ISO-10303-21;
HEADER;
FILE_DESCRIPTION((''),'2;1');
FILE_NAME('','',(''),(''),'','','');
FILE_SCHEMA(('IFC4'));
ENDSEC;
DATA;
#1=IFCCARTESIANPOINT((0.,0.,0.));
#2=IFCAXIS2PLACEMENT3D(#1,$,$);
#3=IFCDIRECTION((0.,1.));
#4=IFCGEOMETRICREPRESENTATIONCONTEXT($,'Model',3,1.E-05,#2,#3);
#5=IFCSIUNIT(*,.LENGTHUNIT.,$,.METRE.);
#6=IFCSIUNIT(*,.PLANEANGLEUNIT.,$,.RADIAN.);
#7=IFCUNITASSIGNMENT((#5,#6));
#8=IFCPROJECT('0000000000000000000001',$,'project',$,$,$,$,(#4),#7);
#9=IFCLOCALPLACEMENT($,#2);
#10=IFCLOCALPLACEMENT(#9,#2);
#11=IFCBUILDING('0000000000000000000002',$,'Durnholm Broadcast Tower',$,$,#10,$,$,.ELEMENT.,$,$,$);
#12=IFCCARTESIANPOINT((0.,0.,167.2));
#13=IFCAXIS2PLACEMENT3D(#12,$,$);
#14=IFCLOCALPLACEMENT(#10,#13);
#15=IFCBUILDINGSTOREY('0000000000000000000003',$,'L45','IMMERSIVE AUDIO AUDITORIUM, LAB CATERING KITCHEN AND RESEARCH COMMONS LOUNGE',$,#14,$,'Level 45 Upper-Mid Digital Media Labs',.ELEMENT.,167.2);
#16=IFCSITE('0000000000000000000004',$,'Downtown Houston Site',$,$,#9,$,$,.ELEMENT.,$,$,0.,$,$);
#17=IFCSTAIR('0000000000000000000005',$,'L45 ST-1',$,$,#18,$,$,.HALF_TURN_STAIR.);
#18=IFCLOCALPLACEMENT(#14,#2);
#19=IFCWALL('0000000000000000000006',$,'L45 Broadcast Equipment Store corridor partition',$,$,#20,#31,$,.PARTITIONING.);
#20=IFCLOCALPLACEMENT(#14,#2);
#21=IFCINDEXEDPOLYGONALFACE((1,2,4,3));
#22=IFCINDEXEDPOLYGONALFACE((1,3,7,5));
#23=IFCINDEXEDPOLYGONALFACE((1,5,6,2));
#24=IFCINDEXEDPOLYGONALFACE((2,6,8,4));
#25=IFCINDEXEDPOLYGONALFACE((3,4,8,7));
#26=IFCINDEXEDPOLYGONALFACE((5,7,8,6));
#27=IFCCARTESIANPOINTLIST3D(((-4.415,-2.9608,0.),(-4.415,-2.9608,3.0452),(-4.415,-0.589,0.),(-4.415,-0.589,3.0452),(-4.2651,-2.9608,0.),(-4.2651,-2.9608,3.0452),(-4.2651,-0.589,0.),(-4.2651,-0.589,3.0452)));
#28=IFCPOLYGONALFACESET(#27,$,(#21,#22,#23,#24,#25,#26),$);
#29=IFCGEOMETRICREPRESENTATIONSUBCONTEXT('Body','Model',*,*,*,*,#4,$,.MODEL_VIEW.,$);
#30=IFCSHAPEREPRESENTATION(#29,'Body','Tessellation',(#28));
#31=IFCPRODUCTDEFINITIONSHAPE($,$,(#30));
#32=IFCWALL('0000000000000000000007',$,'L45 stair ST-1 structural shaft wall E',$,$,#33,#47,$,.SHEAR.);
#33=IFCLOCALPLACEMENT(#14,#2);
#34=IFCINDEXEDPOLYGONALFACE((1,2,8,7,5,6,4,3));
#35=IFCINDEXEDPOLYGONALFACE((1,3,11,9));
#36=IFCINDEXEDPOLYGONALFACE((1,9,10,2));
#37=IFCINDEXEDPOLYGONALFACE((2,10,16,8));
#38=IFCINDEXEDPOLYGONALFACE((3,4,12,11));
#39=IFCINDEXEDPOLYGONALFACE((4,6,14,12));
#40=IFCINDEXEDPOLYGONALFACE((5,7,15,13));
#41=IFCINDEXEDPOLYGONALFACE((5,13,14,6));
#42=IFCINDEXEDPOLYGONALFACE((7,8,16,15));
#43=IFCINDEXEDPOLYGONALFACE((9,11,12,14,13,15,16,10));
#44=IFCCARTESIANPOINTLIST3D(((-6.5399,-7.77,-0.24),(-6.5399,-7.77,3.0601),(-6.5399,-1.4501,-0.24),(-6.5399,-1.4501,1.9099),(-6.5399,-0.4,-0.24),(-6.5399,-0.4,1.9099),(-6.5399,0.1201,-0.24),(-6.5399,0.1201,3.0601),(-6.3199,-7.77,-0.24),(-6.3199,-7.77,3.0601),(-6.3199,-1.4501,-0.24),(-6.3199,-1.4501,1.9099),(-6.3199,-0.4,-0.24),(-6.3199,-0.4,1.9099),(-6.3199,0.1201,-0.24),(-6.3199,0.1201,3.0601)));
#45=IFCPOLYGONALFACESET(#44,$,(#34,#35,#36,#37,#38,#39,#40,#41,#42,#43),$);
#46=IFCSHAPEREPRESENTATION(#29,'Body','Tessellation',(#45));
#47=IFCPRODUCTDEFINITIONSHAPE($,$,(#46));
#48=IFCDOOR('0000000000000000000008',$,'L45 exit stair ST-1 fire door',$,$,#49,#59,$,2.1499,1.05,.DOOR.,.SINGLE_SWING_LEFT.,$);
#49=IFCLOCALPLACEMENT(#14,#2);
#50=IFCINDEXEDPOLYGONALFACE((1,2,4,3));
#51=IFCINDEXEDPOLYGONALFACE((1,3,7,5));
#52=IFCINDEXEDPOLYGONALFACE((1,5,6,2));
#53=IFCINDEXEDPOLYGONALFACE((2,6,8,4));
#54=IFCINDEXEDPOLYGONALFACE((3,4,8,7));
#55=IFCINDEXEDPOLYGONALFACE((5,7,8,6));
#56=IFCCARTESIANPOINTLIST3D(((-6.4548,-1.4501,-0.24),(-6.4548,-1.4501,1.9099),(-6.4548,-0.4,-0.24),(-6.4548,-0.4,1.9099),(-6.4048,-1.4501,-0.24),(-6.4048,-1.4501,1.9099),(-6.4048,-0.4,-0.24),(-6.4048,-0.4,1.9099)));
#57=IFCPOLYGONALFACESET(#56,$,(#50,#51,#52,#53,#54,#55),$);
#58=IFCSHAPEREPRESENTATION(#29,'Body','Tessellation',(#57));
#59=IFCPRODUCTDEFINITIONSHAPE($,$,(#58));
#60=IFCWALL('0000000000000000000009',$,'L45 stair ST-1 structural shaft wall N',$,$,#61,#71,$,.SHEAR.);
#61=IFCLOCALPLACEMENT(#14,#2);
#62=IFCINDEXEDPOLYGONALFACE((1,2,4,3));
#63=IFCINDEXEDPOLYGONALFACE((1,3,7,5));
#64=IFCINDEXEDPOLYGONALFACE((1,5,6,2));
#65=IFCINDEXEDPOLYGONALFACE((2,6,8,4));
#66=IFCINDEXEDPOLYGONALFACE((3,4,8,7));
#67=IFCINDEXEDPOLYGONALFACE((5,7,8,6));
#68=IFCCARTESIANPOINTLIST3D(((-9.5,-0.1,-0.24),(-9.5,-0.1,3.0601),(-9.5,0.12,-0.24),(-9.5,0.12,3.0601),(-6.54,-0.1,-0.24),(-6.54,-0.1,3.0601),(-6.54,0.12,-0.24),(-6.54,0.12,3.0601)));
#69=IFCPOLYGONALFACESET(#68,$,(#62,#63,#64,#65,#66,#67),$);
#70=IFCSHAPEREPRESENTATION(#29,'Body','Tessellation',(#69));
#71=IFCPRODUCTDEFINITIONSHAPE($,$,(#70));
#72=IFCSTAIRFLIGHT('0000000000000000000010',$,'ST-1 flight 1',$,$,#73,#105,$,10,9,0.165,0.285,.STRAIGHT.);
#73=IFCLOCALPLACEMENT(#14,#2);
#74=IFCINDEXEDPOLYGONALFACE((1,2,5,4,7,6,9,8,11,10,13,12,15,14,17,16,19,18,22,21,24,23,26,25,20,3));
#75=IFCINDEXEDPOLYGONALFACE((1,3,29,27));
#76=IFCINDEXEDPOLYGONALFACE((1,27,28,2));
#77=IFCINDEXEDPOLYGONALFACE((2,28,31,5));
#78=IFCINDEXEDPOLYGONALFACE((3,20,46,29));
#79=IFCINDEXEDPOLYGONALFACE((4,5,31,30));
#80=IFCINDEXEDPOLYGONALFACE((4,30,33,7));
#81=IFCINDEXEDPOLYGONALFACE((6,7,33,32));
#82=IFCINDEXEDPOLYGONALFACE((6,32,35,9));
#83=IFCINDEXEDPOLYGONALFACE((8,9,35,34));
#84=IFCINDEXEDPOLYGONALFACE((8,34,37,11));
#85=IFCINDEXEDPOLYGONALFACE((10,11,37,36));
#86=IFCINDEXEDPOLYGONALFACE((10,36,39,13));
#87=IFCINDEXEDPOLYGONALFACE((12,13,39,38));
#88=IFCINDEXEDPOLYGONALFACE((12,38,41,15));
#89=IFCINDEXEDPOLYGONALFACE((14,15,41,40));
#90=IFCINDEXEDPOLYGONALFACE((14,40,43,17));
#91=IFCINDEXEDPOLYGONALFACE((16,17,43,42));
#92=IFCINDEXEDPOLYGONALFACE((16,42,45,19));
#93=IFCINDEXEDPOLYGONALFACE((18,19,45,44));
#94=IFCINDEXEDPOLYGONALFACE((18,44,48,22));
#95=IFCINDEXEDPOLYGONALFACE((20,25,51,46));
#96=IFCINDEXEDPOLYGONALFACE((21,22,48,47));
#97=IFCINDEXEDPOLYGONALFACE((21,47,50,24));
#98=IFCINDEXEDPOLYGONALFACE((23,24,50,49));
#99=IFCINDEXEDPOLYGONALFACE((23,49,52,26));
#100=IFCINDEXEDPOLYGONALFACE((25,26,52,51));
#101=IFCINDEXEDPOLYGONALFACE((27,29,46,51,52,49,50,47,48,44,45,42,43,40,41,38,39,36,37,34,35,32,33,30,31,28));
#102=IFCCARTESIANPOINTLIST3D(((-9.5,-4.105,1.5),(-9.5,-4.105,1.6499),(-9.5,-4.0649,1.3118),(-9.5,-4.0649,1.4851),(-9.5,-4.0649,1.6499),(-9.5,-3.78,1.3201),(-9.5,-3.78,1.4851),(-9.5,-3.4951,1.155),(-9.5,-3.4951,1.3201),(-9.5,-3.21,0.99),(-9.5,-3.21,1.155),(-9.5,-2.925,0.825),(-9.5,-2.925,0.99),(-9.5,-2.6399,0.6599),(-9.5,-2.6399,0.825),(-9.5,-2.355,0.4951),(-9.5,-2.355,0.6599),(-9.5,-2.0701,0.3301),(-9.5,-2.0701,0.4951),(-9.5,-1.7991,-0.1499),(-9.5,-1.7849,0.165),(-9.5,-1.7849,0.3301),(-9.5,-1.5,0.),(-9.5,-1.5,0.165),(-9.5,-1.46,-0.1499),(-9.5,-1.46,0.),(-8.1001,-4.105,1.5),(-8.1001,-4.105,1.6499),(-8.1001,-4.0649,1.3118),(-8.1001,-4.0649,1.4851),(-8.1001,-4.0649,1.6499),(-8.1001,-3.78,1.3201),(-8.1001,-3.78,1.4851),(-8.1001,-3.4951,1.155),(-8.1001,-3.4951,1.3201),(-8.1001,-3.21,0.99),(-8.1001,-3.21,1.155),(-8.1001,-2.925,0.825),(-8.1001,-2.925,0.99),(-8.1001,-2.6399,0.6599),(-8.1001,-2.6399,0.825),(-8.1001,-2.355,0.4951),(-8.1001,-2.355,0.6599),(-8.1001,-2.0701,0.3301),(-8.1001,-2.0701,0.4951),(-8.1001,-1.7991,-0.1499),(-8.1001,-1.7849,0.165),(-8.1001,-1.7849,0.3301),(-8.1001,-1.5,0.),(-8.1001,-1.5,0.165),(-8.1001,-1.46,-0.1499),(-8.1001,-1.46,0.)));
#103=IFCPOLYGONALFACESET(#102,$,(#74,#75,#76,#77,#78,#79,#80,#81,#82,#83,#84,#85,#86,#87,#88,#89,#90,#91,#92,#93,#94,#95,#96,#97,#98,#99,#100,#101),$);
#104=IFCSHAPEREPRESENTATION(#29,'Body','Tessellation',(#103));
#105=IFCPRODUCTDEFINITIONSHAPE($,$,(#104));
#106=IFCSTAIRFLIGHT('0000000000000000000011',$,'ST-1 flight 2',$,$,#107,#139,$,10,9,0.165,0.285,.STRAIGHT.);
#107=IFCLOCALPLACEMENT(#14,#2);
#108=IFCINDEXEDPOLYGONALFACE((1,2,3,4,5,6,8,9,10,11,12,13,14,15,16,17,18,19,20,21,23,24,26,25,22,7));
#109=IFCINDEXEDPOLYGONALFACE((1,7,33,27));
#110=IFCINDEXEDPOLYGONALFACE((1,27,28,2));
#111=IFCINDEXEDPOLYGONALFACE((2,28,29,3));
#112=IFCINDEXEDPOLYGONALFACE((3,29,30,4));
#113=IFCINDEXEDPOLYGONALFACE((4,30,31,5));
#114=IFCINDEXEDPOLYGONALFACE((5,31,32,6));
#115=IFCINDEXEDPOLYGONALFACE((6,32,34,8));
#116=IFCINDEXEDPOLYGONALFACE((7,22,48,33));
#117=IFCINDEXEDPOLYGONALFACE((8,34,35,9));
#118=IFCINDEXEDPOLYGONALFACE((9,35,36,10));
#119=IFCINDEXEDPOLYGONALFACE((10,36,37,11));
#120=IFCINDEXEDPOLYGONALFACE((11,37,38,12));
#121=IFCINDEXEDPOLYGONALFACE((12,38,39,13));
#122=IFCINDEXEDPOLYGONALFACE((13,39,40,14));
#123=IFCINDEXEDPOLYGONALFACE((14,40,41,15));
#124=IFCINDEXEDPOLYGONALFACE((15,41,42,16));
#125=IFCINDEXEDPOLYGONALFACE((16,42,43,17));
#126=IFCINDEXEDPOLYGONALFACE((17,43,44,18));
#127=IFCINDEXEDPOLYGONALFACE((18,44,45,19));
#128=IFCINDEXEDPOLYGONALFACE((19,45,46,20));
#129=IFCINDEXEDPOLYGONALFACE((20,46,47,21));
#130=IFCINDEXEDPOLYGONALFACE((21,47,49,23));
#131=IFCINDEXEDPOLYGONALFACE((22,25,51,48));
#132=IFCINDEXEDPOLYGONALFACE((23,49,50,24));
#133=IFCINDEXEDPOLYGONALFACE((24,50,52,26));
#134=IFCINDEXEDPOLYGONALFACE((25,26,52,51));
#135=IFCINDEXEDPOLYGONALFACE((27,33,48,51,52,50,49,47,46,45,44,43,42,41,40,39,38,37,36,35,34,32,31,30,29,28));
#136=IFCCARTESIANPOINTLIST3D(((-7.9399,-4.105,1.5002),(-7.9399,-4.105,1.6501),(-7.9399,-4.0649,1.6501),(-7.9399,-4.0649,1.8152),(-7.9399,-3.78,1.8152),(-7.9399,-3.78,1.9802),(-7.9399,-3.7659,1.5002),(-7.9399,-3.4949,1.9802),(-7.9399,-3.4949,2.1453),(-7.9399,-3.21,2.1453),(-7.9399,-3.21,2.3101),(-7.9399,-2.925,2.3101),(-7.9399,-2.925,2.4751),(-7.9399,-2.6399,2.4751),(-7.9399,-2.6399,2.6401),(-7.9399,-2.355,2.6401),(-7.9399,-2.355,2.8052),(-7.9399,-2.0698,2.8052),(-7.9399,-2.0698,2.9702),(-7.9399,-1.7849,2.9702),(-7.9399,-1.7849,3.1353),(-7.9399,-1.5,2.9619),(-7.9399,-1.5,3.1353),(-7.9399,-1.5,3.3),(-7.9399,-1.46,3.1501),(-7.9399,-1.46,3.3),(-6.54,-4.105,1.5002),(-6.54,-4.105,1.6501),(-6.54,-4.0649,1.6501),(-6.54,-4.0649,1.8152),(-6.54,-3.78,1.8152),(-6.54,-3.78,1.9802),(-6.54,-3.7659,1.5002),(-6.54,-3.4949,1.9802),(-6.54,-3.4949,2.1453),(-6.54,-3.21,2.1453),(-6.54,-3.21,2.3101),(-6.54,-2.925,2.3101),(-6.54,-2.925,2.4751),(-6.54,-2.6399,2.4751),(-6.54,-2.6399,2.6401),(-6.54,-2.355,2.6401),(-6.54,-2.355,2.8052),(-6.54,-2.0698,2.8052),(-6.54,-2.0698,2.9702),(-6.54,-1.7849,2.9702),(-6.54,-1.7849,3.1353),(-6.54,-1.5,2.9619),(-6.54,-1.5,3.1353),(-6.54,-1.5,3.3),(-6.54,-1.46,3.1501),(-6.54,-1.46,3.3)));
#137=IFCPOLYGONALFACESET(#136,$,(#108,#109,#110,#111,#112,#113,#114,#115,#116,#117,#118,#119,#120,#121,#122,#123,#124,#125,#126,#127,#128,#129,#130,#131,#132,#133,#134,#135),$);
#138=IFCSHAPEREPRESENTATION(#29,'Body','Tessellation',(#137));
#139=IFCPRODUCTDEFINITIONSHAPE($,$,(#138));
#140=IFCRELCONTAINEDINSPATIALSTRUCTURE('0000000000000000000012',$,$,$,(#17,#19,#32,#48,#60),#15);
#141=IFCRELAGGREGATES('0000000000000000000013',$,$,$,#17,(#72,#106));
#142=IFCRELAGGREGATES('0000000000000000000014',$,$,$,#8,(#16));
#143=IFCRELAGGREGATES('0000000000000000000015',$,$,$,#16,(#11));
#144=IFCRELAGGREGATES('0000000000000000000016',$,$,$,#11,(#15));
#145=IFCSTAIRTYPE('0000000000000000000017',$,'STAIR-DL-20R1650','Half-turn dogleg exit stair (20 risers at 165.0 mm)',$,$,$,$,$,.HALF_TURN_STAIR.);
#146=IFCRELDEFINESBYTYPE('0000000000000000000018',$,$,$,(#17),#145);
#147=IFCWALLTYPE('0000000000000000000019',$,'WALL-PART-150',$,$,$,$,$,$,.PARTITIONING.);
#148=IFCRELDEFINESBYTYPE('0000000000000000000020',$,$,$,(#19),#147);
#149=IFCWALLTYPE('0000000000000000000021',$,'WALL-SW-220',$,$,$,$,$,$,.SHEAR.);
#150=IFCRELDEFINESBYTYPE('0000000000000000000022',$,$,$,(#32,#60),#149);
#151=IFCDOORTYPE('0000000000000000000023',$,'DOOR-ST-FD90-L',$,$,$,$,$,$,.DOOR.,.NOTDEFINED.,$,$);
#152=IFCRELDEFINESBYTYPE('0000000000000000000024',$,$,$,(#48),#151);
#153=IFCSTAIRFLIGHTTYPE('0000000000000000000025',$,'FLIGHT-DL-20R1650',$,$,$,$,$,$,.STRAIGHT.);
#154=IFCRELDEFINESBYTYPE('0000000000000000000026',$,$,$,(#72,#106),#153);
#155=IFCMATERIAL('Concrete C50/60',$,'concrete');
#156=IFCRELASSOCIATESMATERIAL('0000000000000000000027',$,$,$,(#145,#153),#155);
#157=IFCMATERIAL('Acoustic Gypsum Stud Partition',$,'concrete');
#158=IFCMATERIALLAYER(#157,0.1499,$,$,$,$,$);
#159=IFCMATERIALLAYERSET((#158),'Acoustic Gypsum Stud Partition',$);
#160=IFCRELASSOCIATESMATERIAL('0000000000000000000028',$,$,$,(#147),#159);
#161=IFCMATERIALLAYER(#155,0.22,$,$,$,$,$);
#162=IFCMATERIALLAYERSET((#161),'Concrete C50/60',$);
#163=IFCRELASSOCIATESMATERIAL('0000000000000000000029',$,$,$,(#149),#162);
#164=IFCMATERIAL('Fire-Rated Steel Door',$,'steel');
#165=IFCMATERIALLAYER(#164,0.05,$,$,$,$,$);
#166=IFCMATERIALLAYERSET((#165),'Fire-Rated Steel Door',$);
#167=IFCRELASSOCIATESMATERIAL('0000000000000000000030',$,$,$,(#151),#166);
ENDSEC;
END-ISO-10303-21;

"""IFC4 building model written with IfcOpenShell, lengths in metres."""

from ifc_helpers import new_model, si_unit, direction, frame, frame_2d, origin, place, context, subcontext, project, spatial, polyline, rectangle, outline, extrude, source, transform, mapped, material, layer, layer_set, type_object, type_shapes, element, fill, aggregate, save


model = new_model("IFC4")

# Units and contexts
model_context = context("Model", 3, precision=1e-05, world=origin(), true_north=direction((0.0, 1.0)))
body_context = subcontext(model_context, "Body", "Model", "MODEL_VIEW")
ifc_project = project(units=[si_unit("LENGTHUNIT", "METRE"), si_unit("PLANEANGLEUNIT", "RADIAN")], contexts=[model_context])

# Site, building, storey
site_placement = place(None, origin())
site = spatial("IfcSite", under=ifc_project, at=site_placement, Name="Downtown Houston Site", CompositionType="ELEMENT", RefElevation=0.0)
building_placement = place(site_placement, origin())
building = spatial("IfcBuilding", under=site, at=building_placement, Name="Durnholm Broadcast Tower", CompositionType="ELEMENT")
storey_placement = place(building_placement, frame((0.0, 0.0, 167.2)))
storey = spatial("IfcBuildingStorey", under=building, at=storey_placement, Name="L45", Description="IMMERSIVE AUDIO AUDITORIUM, LAB CATERING KITCHEN AND RESEARCH COMMONS LOUNGE", LongName="Level 45 Upper-Mid Digital Media Labs", CompositionType="ELEMENT", Elevation=167.2)

# Shared definitions
ifc_material_1 = material(Name="Concrete C50/60", Category="concrete")

# Stair
stair_type = type_object("IfcStairType", Name="STAIR-DL-20R1650", Description="Half-turn dogleg exit stair (20 risers at 165.0 mm)", PredefinedType="HALF_TURN_STAIR", material=ifc_material_1)
stair_1_placement = place(storey_placement, origin())
stair_1 = element("IfcStair", 1, at=stair_1_placement, inside=storey, type_object=stair_type, Name="L45 ST-1", PredefinedType="HALF_TURN_STAIR")

# Shared definitions
ifc_material_2 = material(Name="Acoustic Gypsum Stud Partition", Category="concrete")
ifc_layer_1 = layer(ifc_material_2, 0.1499)
ifc_layer_set_1 = layer_set([ifc_layer_1], Name="Acoustic Gypsum Stud Partition")
wall_type_1 = type_object("IfcWallType", Name="WALL-PART-150", PredefinedType="PARTITIONING", material=ifc_layer_set_1)

# Wall
wall_1_placement = place(storey_placement, frame((-4.3401, -2.9609, 0.0), z_axis=(0.0, 0.0, 1.0), x_axis=(0.0, 1.0, 0.0)))
element("IfcWall", 2, at=wall_1_placement, inside=storey, type_object=wall_type_1, Name="L45 Broadcast Equipment Store corridor partition", PredefinedType="PARTITIONING", context=body_context, shape_type="SweptSolid", body=[
    extrude(rectangle(XDim=2.3718, YDim=0.1499, at=frame_2d((1.186, 0.0))), origin(), (0.0, 0.0, 1.0), 3.0452),
])

# Wall, opening, door
ifc_layer_2 = layer(ifc_material_1, 0.22)
ifc_layer_set_2 = layer_set([ifc_layer_2], Name="Concrete C50/60")
wall_type_2 = type_object("IfcWallType", Name="WALL-SW-220", PredefinedType="SHEAR", material=ifc_layer_set_2)
wall_2_placement = place(storey_placement, frame((-6.4299, -7.77, -0.24), z_axis=(0.0, 0.0, 1.0), x_axis=(0.0, 1.0, 0.0)))
wall_2 = element("IfcWall", 3, at=wall_2_placement, inside=storey, type_object=wall_type_2, Name="L45 stair ST-1 structural shaft wall E", PredefinedType="SHEAR", context=body_context, shape_type="SweptSolid", body=[
    extrude(rectangle(XDim=7.8901, YDim=0.22, at=frame_2d((3.9451, 0.0))), origin(), (0.0, 0.0, 1.0), 3.3),
])
opening_1_placement = place(wall_2_placement, frame((6.3201, 0.0, 0.0)))
opening_1 = element("IfcOpeningElement", 4, at=opening_1_placement, cuts=wall_2, PredefinedType="OPENING", context=body_context, shape_type="SweptSolid", body=[
    extrude(rectangle(XDim=1.05, YDim=2.1499, at=frame_2d((0.5249, 1.075))), frame((0.0, 0.1201, 0.0), z_axis=(0.0, -1.0, 0.0), x_axis=(1.0, 0.0, 0.0)), (0.0, 0.0, 1.0), 0.24),
])
ifc_material_3 = material(Name="Fire-Rated Steel Door", Category="steel")
ifc_layer_3 = layer(ifc_material_3, 0.05)
ifc_layer_set_3 = layer_set([ifc_layer_3], Name="Fire-Rated Steel Door")
door_type_1 = type_object("IfcDoorType", Name="DOOR-ST-FD90-L", OperationType="NOTDEFINED", PredefinedType="DOOR", material=ifc_layer_set_3)
shared_shape_1 = source(origin(), body_context, "Body", "SweptSolid", [
    extrude(rectangle(XDim=1.05, YDim=2.1499, at=frame_2d((0.5249, 1.075))), frame((0.0, 0.0249, 0.0), z_axis=(0.0, -1.0, 0.0), x_axis=(1.0, 0.0, 0.0)), (0.0, 0.0, 1.0), 0.05),
])
type_shapes(door_type_1, [shared_shape_1])
door_1_placement = place(opening_1_placement, origin())
door_1 = element("IfcDoor", 5, at=door_1_placement, inside=storey, type_object=door_type_1, Name="L45 exit stair ST-1 fire door", OperationType="SINGLE_SWING_LEFT", OverallHeight=2.1499, OverallWidth=1.05, PredefinedType="DOOR", context=body_context, shape_type="MappedRepresentation", body=[
    mapped(shared_shape_1, transform((0.0, 0.0, 0.0), x_axis=(1.0, 0.0, 0.0), y_axis=(0.0, 1.0, 0.0), z_axis=(0.0, 0.0, 1.0), scale=1.0)),
])
fill(opening_1, door_1)

# Wall
wall_3_placement = place(storey_placement, frame((-6.54, 0.01, -0.24), z_axis=(0.0, 0.0, 1.0), x_axis=(-1.0, 0.0, 0.0)))
element("IfcWall", 6, at=wall_3_placement, inside=storey, type_object=wall_type_2, Name="L45 stair ST-1 structural shaft wall N", PredefinedType="SHEAR", context=body_context, shape_type="SweptSolid", body=[
    extrude(rectangle(XDim=2.96, YDim=0.22, at=frame_2d((1.48, 0.0))), origin(), (0.0, 0.0, 1.0), 3.3),
])

# Stair flights
stair_flight_type = type_object("IfcStairFlightType", Name="FLIGHT-DL-20R1650", PredefinedType="STRAIGHT", material=ifc_material_1)
stair_flight_1_placement = place(storey_placement, frame((-8.8, -1.5, 0.0), z_axis=(0.0, 0.0, 1.0), x_axis=(0.0, -1.0, 0.0)))
stair_flight_1 = element("IfcStairFlight", 7, at=stair_flight_1_placement, type_object=stair_flight_type, Name="ST-1 flight 1", NumberOfRisers=10, NumberOfTreads=9, PredefinedType="STRAIGHT", RiserHeight=0.165, TreadLength=0.285, context=body_context, shape_type="SweptSolid", body=[
    extrude(outline(polyline([(-0.04, -0.1499), (-0.04, 0.0), (0.0, 0.0), (0.0, 0.165), (0.2849, 0.165), (0.2849, 0.3301), (0.5701, 0.3301), (0.5701, 0.4951), (0.855, 0.4951), (0.855, 0.6599), (1.1399, 0.6599), (1.1399, 0.825), (1.425, 0.825), (1.425, 0.99), (1.71, 0.99), (1.71, 1.155), (1.9951, 1.155), (1.9951, 1.3201), (2.28, 1.3201), (2.28, 1.4851), (2.5649, 1.4851), (2.5649, 1.6499), (2.605, 1.6499), (2.605, 1.5), (2.5649, 1.3118), (0.2991, -0.1499), (-0.04, -0.1499)])), frame((0.0, 0.7, 0.0), z_axis=(0.0, -1.0, 0.0), x_axis=(1.0, 0.0, 0.0)), (0.0, 0.0, 1.0), 1.3999),
])
stair_flight_2_placement = place(storey_placement, frame((-7.24, -4.0649, 1.6501), z_axis=(0.0, 0.0, 1.0), x_axis=(0.0, 1.0, 0.0)))
stair_flight_2 = element("IfcStairFlight", 8, at=stair_flight_2_placement, type_object=stair_flight_type, Name="ST-1 flight 2", NumberOfRisers=10, NumberOfTreads=9, PredefinedType="STRAIGHT", RiserHeight=0.165, TreadLength=0.285, context=body_context, shape_type="SweptSolid", body=[
    extrude(outline(polyline([(-0.04, -0.1499), (-0.04, 0.0), (0.0, 0.0), (0.0, 0.165), (0.2849, 0.165), (0.2849, 0.3301), (0.5701, 0.3301), (0.5701, 0.4951), (0.855, 0.4951), (0.855, 0.6599), (1.1399, 0.6599), (1.1399, 0.825), (1.425, 0.825), (1.425, 0.99), (1.71, 0.99), (1.71, 1.155), (1.9951, 1.155), (1.9951, 1.3201), (2.28, 1.3201), (2.28, 1.4851), (2.5649, 1.4851), (2.5649, 1.6499), (2.605, 1.6499), (2.605, 1.5), (2.5649, 1.3118), (0.2991, -0.1499), (-0.04, -0.1499)])), frame((0.0, 0.7, 0.0), z_axis=(0.0, -1.0, 0.0), x_axis=(1.0, 0.0, 0.0)), (0.0, 0.0, 1.0), 1.3999),
])
aggregate(stair_1, [stair_flight_1, stair_flight_2])

save(model, "model.ifc")
